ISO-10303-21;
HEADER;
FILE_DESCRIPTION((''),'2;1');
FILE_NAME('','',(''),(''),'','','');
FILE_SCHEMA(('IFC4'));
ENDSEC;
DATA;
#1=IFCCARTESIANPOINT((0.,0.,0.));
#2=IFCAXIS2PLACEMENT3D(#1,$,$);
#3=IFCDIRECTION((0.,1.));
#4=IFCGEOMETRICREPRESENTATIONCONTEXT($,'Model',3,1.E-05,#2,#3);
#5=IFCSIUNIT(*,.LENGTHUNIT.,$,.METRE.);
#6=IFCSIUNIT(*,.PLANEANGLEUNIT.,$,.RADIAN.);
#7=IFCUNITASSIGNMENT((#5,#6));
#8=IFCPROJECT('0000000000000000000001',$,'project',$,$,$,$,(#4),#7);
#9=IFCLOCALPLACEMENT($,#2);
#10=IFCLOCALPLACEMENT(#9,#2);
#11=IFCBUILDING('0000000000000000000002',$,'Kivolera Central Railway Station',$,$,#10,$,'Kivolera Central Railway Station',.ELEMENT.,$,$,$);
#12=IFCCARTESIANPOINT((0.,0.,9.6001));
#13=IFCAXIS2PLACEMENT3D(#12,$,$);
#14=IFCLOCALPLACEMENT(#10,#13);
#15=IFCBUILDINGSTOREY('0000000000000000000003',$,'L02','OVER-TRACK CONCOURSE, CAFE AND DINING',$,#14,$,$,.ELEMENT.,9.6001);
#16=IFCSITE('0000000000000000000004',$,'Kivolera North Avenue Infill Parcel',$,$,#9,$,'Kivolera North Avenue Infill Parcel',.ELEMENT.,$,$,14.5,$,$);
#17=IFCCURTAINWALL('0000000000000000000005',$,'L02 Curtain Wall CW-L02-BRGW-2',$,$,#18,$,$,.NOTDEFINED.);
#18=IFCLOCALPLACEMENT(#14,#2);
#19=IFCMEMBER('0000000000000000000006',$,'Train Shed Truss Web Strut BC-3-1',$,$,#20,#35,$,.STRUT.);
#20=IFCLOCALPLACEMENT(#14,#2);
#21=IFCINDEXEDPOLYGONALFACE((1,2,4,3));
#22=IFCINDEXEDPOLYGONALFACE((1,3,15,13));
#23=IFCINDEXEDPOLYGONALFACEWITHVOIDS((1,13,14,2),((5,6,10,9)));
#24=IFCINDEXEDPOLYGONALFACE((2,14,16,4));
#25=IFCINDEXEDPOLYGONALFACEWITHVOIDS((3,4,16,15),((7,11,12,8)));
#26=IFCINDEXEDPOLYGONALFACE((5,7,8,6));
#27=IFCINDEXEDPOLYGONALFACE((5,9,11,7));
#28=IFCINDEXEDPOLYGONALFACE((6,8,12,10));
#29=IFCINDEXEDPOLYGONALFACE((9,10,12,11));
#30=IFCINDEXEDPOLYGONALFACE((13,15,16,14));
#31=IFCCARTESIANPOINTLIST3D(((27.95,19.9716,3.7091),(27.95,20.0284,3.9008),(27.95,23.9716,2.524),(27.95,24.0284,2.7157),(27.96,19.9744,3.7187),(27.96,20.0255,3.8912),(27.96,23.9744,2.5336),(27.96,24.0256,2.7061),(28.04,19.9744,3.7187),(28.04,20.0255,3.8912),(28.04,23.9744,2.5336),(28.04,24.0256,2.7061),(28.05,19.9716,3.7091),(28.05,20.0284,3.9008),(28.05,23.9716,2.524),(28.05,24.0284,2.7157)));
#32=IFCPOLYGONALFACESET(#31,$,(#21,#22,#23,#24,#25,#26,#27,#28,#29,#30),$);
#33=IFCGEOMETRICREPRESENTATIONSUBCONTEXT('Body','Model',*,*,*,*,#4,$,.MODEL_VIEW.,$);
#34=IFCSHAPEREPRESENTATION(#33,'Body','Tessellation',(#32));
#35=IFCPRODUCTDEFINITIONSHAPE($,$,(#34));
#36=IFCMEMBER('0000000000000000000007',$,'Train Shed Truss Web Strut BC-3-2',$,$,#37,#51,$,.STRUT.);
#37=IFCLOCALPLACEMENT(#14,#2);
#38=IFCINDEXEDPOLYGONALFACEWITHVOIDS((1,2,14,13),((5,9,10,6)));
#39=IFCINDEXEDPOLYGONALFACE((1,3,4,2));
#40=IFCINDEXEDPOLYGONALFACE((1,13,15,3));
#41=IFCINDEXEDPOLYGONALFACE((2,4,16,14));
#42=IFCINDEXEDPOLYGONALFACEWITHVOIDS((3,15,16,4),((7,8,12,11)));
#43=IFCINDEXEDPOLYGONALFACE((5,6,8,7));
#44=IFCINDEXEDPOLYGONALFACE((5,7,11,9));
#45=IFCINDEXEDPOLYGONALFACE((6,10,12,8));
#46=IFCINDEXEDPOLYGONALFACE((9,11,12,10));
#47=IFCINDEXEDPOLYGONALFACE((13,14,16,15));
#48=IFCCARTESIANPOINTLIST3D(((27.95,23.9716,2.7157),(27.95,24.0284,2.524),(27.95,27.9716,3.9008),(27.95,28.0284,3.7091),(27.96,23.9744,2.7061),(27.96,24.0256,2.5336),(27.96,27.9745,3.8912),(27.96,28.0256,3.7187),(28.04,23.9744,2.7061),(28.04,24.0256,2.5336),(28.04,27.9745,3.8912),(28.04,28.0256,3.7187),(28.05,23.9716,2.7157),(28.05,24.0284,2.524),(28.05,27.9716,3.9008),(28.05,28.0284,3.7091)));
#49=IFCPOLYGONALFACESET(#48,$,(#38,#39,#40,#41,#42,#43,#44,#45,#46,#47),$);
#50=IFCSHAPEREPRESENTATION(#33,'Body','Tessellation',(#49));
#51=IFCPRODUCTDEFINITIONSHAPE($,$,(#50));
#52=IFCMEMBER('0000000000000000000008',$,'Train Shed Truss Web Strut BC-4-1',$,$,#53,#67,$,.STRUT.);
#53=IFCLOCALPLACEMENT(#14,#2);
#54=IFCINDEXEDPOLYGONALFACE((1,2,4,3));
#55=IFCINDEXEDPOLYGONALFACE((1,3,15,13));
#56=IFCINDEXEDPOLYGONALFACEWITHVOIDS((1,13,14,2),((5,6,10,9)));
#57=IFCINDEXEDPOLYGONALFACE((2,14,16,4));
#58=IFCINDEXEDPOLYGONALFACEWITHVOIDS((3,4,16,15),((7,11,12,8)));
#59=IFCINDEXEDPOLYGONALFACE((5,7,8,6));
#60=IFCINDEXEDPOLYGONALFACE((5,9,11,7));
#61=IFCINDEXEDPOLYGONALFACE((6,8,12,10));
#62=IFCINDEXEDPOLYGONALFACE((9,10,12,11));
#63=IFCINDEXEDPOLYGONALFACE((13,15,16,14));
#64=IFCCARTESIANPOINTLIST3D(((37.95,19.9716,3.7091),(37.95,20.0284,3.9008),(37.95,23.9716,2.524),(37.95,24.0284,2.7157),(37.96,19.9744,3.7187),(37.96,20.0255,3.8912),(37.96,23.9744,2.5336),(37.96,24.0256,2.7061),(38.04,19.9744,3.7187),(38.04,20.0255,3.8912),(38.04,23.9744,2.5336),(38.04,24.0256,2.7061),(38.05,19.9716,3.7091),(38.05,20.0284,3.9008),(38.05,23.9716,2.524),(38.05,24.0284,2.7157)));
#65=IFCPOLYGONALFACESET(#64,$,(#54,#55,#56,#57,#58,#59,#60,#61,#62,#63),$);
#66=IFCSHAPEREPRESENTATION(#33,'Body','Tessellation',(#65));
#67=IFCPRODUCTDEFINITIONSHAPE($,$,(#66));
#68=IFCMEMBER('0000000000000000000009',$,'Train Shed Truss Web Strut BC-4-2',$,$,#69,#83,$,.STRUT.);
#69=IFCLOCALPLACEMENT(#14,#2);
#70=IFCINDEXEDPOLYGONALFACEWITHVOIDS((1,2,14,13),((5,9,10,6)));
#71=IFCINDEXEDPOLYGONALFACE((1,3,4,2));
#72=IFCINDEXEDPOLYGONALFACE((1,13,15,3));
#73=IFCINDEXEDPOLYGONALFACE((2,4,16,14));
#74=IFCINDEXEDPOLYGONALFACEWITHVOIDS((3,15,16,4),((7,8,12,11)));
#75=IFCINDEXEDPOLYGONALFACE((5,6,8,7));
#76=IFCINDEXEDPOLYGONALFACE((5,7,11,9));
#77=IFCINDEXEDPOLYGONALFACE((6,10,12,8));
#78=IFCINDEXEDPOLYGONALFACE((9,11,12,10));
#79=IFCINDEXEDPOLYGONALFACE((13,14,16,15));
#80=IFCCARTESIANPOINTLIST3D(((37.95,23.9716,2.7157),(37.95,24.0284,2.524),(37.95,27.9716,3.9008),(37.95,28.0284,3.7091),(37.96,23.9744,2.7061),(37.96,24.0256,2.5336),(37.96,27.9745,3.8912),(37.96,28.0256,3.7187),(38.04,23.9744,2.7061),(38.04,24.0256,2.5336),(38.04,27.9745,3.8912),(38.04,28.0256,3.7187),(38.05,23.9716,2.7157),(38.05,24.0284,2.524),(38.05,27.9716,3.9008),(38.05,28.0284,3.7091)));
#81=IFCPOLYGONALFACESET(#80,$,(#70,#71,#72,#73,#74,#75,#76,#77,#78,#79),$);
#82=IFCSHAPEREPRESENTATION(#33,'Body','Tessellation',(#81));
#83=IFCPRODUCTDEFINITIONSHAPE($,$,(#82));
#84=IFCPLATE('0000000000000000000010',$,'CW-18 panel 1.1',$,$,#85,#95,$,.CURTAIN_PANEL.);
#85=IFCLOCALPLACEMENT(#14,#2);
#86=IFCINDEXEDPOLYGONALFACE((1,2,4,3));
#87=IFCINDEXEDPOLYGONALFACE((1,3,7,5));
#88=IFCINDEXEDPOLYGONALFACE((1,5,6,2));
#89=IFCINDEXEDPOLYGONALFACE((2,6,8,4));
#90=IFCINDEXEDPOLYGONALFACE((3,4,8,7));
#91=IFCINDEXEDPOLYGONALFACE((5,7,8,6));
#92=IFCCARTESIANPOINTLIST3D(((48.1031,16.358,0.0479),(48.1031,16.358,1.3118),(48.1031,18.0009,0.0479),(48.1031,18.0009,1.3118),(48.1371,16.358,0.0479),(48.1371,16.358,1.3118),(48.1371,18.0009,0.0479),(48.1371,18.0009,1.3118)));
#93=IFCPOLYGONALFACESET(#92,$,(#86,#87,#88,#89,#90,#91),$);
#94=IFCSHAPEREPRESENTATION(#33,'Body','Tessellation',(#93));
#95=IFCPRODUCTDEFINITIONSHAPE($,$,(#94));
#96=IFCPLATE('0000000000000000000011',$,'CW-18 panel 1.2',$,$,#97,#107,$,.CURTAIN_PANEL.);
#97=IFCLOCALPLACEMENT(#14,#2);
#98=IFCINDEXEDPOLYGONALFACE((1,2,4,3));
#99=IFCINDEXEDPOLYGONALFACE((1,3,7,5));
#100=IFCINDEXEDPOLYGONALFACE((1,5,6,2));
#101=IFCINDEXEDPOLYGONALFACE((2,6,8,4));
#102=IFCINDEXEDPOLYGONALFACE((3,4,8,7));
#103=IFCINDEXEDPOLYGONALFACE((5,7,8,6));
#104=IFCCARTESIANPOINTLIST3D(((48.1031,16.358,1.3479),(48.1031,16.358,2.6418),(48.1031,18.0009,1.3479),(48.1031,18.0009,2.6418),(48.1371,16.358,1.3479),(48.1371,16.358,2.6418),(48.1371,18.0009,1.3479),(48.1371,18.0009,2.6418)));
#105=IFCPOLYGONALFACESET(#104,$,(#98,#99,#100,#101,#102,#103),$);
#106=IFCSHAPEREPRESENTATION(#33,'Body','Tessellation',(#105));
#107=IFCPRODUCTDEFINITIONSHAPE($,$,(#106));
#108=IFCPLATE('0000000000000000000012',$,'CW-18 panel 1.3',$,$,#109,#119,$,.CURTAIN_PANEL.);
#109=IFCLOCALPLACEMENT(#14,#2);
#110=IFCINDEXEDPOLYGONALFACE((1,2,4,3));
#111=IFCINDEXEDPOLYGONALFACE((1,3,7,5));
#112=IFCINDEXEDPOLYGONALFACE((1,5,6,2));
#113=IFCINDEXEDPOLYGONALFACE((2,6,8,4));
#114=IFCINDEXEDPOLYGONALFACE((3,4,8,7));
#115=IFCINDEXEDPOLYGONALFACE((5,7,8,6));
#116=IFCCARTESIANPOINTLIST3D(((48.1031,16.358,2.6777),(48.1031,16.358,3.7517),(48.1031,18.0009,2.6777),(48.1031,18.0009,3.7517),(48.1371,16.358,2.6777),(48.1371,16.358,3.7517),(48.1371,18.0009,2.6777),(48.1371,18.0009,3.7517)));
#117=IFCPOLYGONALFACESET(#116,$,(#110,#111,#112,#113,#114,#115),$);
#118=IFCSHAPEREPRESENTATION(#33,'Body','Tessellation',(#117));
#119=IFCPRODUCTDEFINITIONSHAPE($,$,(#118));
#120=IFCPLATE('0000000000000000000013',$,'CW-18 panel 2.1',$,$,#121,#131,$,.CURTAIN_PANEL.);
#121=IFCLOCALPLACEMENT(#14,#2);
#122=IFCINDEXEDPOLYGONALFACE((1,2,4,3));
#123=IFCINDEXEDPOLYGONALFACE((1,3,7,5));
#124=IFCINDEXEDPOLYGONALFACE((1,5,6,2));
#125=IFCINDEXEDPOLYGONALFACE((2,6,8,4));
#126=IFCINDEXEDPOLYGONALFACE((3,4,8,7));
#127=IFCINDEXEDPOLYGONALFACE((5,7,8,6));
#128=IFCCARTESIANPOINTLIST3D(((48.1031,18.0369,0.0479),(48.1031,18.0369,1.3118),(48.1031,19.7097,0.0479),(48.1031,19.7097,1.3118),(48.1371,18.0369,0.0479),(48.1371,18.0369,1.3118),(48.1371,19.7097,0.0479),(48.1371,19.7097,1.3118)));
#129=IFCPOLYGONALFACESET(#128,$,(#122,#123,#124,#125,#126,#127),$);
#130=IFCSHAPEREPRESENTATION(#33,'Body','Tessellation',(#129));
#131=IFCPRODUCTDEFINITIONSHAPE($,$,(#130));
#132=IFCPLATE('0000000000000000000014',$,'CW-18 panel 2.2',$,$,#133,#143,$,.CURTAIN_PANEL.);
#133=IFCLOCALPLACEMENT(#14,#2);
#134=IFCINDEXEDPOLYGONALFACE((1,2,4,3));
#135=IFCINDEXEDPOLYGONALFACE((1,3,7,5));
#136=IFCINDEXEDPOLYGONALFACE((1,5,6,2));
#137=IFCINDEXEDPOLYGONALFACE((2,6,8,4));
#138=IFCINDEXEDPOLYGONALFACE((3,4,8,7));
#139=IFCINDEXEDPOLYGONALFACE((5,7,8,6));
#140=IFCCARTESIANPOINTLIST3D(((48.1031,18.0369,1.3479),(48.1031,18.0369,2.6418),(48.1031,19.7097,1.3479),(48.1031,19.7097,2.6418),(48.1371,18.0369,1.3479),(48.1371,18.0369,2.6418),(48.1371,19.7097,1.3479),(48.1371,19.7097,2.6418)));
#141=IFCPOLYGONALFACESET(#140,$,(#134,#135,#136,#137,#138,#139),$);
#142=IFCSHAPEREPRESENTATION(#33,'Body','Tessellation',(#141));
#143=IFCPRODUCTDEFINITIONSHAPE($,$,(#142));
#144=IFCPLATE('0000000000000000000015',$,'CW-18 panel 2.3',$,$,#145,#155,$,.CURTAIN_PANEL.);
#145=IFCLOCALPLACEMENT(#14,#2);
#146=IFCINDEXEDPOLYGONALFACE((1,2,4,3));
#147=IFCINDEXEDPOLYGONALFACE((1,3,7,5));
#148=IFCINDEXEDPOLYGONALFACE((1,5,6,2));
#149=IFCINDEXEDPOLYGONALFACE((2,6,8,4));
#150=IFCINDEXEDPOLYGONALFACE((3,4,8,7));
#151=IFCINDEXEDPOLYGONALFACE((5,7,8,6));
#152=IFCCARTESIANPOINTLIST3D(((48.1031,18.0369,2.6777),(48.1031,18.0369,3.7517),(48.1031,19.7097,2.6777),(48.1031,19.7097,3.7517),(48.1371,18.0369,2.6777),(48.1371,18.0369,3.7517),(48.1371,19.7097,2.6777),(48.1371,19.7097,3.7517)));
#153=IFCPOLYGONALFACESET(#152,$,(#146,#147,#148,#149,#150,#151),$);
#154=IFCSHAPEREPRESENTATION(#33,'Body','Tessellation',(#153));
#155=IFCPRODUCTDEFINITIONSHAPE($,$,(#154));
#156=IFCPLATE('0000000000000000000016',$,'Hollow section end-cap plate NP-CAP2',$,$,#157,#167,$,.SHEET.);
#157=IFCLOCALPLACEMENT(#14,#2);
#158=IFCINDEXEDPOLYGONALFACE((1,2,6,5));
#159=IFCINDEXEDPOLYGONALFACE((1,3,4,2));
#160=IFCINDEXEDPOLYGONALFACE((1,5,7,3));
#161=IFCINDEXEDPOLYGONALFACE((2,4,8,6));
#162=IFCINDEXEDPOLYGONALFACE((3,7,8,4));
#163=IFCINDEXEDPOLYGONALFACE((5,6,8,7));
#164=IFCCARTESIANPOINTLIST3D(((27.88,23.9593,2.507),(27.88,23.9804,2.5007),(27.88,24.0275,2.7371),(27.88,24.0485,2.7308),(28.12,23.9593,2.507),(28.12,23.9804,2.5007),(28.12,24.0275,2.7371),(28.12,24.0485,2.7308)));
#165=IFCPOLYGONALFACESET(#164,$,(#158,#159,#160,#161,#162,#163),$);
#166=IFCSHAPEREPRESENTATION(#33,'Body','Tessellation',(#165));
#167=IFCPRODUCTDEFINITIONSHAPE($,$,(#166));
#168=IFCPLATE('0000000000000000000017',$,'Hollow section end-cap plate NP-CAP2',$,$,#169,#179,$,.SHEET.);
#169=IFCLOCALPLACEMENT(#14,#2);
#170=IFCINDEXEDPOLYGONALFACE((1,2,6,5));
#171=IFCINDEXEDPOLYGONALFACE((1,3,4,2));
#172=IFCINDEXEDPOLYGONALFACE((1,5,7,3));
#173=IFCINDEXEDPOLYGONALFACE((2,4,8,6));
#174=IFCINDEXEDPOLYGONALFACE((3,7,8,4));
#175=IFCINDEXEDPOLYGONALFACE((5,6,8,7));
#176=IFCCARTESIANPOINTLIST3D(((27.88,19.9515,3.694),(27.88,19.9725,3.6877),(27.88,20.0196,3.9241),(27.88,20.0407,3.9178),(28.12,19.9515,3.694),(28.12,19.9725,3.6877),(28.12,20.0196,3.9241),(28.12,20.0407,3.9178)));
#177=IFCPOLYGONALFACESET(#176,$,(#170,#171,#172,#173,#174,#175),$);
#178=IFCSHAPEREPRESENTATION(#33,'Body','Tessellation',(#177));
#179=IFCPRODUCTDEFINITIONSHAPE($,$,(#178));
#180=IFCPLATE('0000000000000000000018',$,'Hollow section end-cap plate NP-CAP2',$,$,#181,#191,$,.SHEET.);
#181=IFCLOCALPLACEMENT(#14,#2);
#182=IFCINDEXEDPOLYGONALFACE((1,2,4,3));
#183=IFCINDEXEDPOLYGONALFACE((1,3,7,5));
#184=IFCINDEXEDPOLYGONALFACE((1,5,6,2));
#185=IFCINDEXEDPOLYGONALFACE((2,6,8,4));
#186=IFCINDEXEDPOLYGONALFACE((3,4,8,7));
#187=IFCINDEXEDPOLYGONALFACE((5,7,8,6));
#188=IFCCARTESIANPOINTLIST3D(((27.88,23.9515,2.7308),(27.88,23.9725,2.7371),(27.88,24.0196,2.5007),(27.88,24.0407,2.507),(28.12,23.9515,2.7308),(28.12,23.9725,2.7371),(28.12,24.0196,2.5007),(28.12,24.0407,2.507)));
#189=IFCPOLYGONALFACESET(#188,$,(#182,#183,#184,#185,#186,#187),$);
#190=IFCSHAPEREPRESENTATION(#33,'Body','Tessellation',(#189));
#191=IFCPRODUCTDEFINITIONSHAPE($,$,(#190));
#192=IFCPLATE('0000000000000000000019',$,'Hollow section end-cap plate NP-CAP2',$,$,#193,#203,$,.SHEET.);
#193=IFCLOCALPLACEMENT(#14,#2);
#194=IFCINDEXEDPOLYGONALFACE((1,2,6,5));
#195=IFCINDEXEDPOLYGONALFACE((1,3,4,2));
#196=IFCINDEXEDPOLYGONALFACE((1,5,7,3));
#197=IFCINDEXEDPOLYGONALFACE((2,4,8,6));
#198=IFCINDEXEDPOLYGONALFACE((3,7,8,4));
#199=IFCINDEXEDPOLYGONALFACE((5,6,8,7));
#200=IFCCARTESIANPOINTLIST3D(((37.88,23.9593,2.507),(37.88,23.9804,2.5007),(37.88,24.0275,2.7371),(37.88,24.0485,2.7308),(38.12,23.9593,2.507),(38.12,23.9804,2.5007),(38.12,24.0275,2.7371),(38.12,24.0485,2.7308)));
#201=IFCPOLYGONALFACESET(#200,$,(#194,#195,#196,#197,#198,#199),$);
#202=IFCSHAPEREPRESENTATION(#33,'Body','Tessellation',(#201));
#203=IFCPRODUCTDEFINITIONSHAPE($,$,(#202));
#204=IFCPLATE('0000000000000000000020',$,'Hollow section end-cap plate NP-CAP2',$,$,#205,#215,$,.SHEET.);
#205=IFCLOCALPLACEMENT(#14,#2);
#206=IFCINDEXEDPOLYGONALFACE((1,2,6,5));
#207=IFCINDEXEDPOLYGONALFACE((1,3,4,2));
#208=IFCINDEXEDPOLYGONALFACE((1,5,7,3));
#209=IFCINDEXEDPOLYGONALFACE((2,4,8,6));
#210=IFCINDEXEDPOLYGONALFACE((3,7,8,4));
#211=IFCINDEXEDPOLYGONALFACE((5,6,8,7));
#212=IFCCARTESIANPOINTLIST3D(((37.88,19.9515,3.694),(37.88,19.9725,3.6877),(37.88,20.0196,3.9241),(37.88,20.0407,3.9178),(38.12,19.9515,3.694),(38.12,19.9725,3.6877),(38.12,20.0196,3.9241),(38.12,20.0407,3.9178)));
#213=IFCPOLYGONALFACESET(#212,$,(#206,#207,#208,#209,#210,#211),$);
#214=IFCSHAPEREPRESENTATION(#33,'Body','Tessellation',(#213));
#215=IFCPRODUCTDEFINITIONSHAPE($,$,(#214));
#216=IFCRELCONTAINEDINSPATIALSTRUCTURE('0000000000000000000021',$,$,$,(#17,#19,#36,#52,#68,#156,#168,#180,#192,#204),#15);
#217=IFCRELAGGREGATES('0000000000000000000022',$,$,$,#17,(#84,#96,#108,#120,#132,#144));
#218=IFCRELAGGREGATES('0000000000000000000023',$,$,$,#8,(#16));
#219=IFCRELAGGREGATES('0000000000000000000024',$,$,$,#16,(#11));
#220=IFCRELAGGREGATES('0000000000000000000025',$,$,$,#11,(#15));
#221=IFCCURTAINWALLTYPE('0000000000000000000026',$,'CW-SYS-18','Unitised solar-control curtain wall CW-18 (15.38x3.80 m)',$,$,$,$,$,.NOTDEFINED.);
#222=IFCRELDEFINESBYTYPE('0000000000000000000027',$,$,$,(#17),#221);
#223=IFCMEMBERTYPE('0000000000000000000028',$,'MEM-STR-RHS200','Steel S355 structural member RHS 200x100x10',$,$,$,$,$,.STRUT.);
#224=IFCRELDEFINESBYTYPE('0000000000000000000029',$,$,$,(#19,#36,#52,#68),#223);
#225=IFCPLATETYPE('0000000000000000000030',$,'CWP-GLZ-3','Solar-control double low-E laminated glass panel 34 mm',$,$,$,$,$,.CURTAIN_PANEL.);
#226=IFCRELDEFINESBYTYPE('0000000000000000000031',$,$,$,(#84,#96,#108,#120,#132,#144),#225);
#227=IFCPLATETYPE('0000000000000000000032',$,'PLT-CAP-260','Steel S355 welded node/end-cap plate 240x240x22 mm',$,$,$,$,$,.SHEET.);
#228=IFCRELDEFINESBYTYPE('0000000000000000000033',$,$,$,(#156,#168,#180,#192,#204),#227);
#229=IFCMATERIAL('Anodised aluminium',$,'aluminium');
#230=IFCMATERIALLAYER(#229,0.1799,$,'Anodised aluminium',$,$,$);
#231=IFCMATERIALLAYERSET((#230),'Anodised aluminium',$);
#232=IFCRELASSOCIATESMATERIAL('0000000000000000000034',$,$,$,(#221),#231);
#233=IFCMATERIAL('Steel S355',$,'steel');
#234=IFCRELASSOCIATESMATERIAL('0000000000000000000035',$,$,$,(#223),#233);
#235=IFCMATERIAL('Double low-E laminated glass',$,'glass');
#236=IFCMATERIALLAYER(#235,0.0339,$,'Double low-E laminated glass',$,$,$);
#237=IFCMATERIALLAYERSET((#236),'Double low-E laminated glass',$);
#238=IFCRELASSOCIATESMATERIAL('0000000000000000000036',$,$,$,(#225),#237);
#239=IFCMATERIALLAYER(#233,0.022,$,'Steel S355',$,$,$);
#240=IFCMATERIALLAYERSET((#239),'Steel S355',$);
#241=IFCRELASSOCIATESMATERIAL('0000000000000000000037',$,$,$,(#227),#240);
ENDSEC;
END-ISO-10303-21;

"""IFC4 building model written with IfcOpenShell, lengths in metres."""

from ifc_helpers import new_model, si_unit, direction, frame, origin, origin_2d, place, context, subcontext, project, spatial, rectangle, hollow_rectangle, extrude, material, layer, layer_set, material_profile, profile_set, type_object, element, aggregate, save


model = new_model("IFC4")

# Units and contexts
model_context = context("Model", 3, precision=1e-05, world=origin(), true_north=direction((0.0, 1.0)))
body_context = subcontext(model_context, "Body", "Model", "MODEL_VIEW")
ifc_project = project(units=[si_unit("LENGTHUNIT", "METRE"), si_unit("PLANEANGLEUNIT", "RADIAN")], contexts=[model_context])

# Site, building, storey
site_placement = place(None, origin())
site = spatial("IfcSite", under=ifc_project, at=site_placement, Name="Kivolera North Avenue Infill Parcel", LongName="Kivolera North Avenue Infill Parcel", CompositionType="ELEMENT", RefElevation=14.5)
building_placement = place(site_placement, origin())
building = spatial("IfcBuilding", under=site, at=building_placement, Name="Kivolera Central Railway Station", LongName="Kivolera Central Railway Station", CompositionType="ELEMENT")
storey_placement = place(building_placement, frame((0.0, 0.0, 9.6001)))
storey = spatial("IfcBuildingStorey", under=building, at=storey_placement, Name="L02", Description="OVER-TRACK CONCOURSE, CAFE AND DINING", CompositionType="ELEMENT", Elevation=9.6001)

# Shared definitions
ifc_material_1 = material(Name="Steel S355", Category="steel")

# Curtain wall
ifc_material_2 = material(Name="Anodised aluminium", Category="aluminium")
ifc_layer_1 = layer(ifc_material_2, 0.1799, Name="Anodised aluminium")
ifc_layer_set_1 = layer_set([ifc_layer_1], Name="Anodised aluminium")
curtain_wall_type = type_object("IfcCurtainWallType", Name="CW-SYS-18", Description="Unitised solar-control curtain wall CW-18 (15.38x3.80 m)", PredefinedType="NOTDEFINED", material=ifc_layer_set_1)
curtain_wall_placement = place(storey_placement, origin())
curtain_wall = element("IfcCurtainWall", 1, at=curtain_wall_placement, inside=storey, type_object=curtain_wall_type, Name="L02 Curtain Wall CW-L02-BRGW-2", PredefinedType="NOTDEFINED")

# Members
ifc_material_profile_1 = material_profile(ifc_material_1, hollow_rectangle(XDim=0.1001, YDim=0.2, WallThickness=0.01, at=origin_2d()), Name="RHS 200x100x10")
ifc_profile_set_1 = profile_set([ifc_material_profile_1], Name="Steel S355")
member_type_1 = type_object("IfcMemberType", Name="MEM-STR-RHS200", Description="Steel S355 structural member RHS 200x100x10", PredefinedType="STRUT", material=ifc_profile_set_1)
for number, where, z_axis, x_axis, name in (
    (2, (28.0, 24.0, 2.6199), (0.0, -0.958806, 0.28406), (1.0, 0.0, 0.0), "Train Shed Truss Web Strut BC-3-1"),
    (3, (28.0, 24.0, 2.6199), (0.0, 0.958806, 0.28406), (-1.0, 0.0, 0.0), "Train Shed Truss Web Strut BC-3-2"),
    (4, (38.0, 24.0, 2.6199), (0.0, -0.958806, 0.28406), (1.0, 0.0, 0.0), "Train Shed Truss Web Strut BC-4-1"),
    (5, (38.0, 24.0, 2.6199), (0.0, 0.958806, 0.28406), (-1.0, 0.0, 0.0), "Train Shed Truss Web Strut BC-4-2"),
):
    element("IfcMember", number, at=place(storey_placement, frame(where, z_axis=z_axis, x_axis=x_axis)), inside=storey, type_object=member_type_1, Name=name, PredefinedType="STRUT", context=body_context, shape_type="SweptSolid", body=[
        extrude(hollow_rectangle(XDim=0.1001, YDim=0.2, WallThickness=0.01, at=origin_2d()), origin(), (0.0, 0.0, 1.0), 4.1719),
    ])

# Plates
ifc_material_3 = material(Name="Double low-E laminated glass", Category="glass")
ifc_layer_2 = layer(ifc_material_3, 0.0339, Name="Double low-E laminated glass")
ifc_layer_set_2 = layer_set([ifc_layer_2], Name="Double low-E laminated glass")
plate_type_1 = type_object("IfcPlateType", Name="CWP-GLZ-3", Description="Solar-control double low-E laminated glass panel 34 mm", PredefinedType="CURTAIN_PANEL", material=ifc_layer_set_2)
plate_1_placement = place(storey_placement, frame((48.1201, 17.1794, 0.0479), z_axis=(0.0, 0.0, 1.0), x_axis=(0.0, 1.0, 0.0)))
plate_1 = element("IfcPlate", 6, at=plate_1_placement, type_object=plate_type_1, Name="CW-18 panel 1.1", PredefinedType="CURTAIN_PANEL", context=body_context, shape_type="SweptSolid", body=[
    extrude(rectangle(XDim=1.6428, YDim=0.0339, at=origin_2d()), origin(), (0.0, 0.0, 1.0), 1.2639),
])
plate_2_placement = place(storey_placement, frame((48.1201, 17.1794, 1.3479), z_axis=(0.0, 0.0, 1.0), x_axis=(0.0, 1.0, 0.0)))
plate_2 = element("IfcPlate", 7, at=plate_2_placement, type_object=plate_type_1, Name="CW-18 panel 1.2", PredefinedType="CURTAIN_PANEL", context=body_context, shape_type="SweptSolid", body=[
    extrude(rectangle(XDim=1.6428, YDim=0.0339, at=origin_2d()), origin(), (0.0, 0.0, 1.0), 1.2939),
])
plate_3_placement = place(storey_placement, frame((48.1201, 17.1794, 2.6777), z_axis=(0.0, 0.0, 1.0), x_axis=(0.0, 1.0, 0.0)))
plate_3 = element("IfcPlate", 8, at=plate_3_placement, type_object=plate_type_1, Name="CW-18 panel 1.3", PredefinedType="CURTAIN_PANEL", context=body_context, shape_type="SweptSolid", body=[
    extrude(rectangle(XDim=1.6428, YDim=0.0339, at=origin_2d()), origin(), (0.0, 0.0, 1.0), 1.074),
])
plate_4_placement = place(storey_placement, frame((48.1201, 18.8733, 0.0479), z_axis=(0.0, 0.0, 1.0), x_axis=(0.0, 1.0, 0.0)))
plate_4 = element("IfcPlate", 9, at=plate_4_placement, type_object=plate_type_1, Name="CW-18 panel 2.1", PredefinedType="CURTAIN_PANEL", context=body_context, shape_type="SweptSolid", body=[
    extrude(rectangle(XDim=1.6729, YDim=0.0339, at=origin_2d()), origin(), (0.0, 0.0, 1.0), 1.2639),
])
plate_5_placement = place(storey_placement, frame((48.1201, 18.8733, 1.3479), z_axis=(0.0, 0.0, 1.0), x_axis=(0.0, 1.0, 0.0)))
plate_5 = element("IfcPlate", 10, at=plate_5_placement, type_object=plate_type_1, Name="CW-18 panel 2.2", PredefinedType="CURTAIN_PANEL", context=body_context, shape_type="SweptSolid", body=[
    extrude(rectangle(XDim=1.6729, YDim=0.0339, at=origin_2d()), origin(), (0.0, 0.0, 1.0), 1.2939),
])
plate_6_placement = place(storey_placement, frame((48.1201, 18.8733, 2.6777), z_axis=(0.0, 0.0, 1.0), x_axis=(0.0, 1.0, 0.0)))
plate_6 = element("IfcPlate", 11, at=plate_6_placement, type_object=plate_type_1, Name="CW-18 panel 2.3", PredefinedType="CURTAIN_PANEL", context=body_context, shape_type="SweptSolid", body=[
    extrude(rectangle(XDim=1.6729, YDim=0.0339, at=origin_2d()), origin(), (0.0, 0.0, 1.0), 1.074),
])
aggregate(curtain_wall, [plate_1, plate_2, plate_3, plate_4, plate_5, plate_6])

# Plates
ifc_layer_3 = layer(ifc_material_1, 0.022, Name="Steel S355")
ifc_layer_set_3 = layer_set([ifc_layer_3], Name="Steel S355")
plate_type_2 = type_object("IfcPlateType", Name="PLT-CAP-260", Description="Steel S355 welded node/end-cap plate 240x240x22 mm", PredefinedType="SHEET", material=ifc_layer_set_3)
for number, where, z_axis, x_axis, name in (
    (12, (28.0, 24.0039, 2.6189), (0.0, -0.95881, 0.284048), (1.0, 0.0, 0.0), "Hollow section end-cap plate NP-CAP2"),
    (13, (28.0, 19.9961, 3.8059), (0.0, -0.95881, 0.284048), (1.0, 0.0, 0.0), "Hollow section end-cap plate NP-CAP2"),
    (14, (28.0, 23.9961, 2.6189), (0.0, 0.95881, 0.284048), (-1.0, 0.0, 0.0), "Hollow section end-cap plate NP-CAP2"),
    (15, (38.0, 24.0039, 2.6189), (0.0, -0.95881, 0.284048), (1.0, 0.0, 0.0), "Hollow section end-cap plate NP-CAP2"),
    (16, (38.0, 19.9961, 3.8059), (0.0, -0.95881, 0.284048), (1.0, 0.0, 0.0), "Hollow section end-cap plate NP-CAP2"),
):
    element("IfcPlate", number, at=place(storey_placement, frame(where, z_axis=z_axis, x_axis=x_axis)), inside=storey, type_object=plate_type_2, Name=name, PredefinedType="SHEET", context=body_context, shape_type="SweptSolid", body=[
        extrude(rectangle(XDim=0.24, YDim=0.24, at=origin_2d()), frame((0.0, 0.0, -0.011)), (0.0, 0.0, 1.0), 0.022),
    ])

save(model, "model.ifc")
